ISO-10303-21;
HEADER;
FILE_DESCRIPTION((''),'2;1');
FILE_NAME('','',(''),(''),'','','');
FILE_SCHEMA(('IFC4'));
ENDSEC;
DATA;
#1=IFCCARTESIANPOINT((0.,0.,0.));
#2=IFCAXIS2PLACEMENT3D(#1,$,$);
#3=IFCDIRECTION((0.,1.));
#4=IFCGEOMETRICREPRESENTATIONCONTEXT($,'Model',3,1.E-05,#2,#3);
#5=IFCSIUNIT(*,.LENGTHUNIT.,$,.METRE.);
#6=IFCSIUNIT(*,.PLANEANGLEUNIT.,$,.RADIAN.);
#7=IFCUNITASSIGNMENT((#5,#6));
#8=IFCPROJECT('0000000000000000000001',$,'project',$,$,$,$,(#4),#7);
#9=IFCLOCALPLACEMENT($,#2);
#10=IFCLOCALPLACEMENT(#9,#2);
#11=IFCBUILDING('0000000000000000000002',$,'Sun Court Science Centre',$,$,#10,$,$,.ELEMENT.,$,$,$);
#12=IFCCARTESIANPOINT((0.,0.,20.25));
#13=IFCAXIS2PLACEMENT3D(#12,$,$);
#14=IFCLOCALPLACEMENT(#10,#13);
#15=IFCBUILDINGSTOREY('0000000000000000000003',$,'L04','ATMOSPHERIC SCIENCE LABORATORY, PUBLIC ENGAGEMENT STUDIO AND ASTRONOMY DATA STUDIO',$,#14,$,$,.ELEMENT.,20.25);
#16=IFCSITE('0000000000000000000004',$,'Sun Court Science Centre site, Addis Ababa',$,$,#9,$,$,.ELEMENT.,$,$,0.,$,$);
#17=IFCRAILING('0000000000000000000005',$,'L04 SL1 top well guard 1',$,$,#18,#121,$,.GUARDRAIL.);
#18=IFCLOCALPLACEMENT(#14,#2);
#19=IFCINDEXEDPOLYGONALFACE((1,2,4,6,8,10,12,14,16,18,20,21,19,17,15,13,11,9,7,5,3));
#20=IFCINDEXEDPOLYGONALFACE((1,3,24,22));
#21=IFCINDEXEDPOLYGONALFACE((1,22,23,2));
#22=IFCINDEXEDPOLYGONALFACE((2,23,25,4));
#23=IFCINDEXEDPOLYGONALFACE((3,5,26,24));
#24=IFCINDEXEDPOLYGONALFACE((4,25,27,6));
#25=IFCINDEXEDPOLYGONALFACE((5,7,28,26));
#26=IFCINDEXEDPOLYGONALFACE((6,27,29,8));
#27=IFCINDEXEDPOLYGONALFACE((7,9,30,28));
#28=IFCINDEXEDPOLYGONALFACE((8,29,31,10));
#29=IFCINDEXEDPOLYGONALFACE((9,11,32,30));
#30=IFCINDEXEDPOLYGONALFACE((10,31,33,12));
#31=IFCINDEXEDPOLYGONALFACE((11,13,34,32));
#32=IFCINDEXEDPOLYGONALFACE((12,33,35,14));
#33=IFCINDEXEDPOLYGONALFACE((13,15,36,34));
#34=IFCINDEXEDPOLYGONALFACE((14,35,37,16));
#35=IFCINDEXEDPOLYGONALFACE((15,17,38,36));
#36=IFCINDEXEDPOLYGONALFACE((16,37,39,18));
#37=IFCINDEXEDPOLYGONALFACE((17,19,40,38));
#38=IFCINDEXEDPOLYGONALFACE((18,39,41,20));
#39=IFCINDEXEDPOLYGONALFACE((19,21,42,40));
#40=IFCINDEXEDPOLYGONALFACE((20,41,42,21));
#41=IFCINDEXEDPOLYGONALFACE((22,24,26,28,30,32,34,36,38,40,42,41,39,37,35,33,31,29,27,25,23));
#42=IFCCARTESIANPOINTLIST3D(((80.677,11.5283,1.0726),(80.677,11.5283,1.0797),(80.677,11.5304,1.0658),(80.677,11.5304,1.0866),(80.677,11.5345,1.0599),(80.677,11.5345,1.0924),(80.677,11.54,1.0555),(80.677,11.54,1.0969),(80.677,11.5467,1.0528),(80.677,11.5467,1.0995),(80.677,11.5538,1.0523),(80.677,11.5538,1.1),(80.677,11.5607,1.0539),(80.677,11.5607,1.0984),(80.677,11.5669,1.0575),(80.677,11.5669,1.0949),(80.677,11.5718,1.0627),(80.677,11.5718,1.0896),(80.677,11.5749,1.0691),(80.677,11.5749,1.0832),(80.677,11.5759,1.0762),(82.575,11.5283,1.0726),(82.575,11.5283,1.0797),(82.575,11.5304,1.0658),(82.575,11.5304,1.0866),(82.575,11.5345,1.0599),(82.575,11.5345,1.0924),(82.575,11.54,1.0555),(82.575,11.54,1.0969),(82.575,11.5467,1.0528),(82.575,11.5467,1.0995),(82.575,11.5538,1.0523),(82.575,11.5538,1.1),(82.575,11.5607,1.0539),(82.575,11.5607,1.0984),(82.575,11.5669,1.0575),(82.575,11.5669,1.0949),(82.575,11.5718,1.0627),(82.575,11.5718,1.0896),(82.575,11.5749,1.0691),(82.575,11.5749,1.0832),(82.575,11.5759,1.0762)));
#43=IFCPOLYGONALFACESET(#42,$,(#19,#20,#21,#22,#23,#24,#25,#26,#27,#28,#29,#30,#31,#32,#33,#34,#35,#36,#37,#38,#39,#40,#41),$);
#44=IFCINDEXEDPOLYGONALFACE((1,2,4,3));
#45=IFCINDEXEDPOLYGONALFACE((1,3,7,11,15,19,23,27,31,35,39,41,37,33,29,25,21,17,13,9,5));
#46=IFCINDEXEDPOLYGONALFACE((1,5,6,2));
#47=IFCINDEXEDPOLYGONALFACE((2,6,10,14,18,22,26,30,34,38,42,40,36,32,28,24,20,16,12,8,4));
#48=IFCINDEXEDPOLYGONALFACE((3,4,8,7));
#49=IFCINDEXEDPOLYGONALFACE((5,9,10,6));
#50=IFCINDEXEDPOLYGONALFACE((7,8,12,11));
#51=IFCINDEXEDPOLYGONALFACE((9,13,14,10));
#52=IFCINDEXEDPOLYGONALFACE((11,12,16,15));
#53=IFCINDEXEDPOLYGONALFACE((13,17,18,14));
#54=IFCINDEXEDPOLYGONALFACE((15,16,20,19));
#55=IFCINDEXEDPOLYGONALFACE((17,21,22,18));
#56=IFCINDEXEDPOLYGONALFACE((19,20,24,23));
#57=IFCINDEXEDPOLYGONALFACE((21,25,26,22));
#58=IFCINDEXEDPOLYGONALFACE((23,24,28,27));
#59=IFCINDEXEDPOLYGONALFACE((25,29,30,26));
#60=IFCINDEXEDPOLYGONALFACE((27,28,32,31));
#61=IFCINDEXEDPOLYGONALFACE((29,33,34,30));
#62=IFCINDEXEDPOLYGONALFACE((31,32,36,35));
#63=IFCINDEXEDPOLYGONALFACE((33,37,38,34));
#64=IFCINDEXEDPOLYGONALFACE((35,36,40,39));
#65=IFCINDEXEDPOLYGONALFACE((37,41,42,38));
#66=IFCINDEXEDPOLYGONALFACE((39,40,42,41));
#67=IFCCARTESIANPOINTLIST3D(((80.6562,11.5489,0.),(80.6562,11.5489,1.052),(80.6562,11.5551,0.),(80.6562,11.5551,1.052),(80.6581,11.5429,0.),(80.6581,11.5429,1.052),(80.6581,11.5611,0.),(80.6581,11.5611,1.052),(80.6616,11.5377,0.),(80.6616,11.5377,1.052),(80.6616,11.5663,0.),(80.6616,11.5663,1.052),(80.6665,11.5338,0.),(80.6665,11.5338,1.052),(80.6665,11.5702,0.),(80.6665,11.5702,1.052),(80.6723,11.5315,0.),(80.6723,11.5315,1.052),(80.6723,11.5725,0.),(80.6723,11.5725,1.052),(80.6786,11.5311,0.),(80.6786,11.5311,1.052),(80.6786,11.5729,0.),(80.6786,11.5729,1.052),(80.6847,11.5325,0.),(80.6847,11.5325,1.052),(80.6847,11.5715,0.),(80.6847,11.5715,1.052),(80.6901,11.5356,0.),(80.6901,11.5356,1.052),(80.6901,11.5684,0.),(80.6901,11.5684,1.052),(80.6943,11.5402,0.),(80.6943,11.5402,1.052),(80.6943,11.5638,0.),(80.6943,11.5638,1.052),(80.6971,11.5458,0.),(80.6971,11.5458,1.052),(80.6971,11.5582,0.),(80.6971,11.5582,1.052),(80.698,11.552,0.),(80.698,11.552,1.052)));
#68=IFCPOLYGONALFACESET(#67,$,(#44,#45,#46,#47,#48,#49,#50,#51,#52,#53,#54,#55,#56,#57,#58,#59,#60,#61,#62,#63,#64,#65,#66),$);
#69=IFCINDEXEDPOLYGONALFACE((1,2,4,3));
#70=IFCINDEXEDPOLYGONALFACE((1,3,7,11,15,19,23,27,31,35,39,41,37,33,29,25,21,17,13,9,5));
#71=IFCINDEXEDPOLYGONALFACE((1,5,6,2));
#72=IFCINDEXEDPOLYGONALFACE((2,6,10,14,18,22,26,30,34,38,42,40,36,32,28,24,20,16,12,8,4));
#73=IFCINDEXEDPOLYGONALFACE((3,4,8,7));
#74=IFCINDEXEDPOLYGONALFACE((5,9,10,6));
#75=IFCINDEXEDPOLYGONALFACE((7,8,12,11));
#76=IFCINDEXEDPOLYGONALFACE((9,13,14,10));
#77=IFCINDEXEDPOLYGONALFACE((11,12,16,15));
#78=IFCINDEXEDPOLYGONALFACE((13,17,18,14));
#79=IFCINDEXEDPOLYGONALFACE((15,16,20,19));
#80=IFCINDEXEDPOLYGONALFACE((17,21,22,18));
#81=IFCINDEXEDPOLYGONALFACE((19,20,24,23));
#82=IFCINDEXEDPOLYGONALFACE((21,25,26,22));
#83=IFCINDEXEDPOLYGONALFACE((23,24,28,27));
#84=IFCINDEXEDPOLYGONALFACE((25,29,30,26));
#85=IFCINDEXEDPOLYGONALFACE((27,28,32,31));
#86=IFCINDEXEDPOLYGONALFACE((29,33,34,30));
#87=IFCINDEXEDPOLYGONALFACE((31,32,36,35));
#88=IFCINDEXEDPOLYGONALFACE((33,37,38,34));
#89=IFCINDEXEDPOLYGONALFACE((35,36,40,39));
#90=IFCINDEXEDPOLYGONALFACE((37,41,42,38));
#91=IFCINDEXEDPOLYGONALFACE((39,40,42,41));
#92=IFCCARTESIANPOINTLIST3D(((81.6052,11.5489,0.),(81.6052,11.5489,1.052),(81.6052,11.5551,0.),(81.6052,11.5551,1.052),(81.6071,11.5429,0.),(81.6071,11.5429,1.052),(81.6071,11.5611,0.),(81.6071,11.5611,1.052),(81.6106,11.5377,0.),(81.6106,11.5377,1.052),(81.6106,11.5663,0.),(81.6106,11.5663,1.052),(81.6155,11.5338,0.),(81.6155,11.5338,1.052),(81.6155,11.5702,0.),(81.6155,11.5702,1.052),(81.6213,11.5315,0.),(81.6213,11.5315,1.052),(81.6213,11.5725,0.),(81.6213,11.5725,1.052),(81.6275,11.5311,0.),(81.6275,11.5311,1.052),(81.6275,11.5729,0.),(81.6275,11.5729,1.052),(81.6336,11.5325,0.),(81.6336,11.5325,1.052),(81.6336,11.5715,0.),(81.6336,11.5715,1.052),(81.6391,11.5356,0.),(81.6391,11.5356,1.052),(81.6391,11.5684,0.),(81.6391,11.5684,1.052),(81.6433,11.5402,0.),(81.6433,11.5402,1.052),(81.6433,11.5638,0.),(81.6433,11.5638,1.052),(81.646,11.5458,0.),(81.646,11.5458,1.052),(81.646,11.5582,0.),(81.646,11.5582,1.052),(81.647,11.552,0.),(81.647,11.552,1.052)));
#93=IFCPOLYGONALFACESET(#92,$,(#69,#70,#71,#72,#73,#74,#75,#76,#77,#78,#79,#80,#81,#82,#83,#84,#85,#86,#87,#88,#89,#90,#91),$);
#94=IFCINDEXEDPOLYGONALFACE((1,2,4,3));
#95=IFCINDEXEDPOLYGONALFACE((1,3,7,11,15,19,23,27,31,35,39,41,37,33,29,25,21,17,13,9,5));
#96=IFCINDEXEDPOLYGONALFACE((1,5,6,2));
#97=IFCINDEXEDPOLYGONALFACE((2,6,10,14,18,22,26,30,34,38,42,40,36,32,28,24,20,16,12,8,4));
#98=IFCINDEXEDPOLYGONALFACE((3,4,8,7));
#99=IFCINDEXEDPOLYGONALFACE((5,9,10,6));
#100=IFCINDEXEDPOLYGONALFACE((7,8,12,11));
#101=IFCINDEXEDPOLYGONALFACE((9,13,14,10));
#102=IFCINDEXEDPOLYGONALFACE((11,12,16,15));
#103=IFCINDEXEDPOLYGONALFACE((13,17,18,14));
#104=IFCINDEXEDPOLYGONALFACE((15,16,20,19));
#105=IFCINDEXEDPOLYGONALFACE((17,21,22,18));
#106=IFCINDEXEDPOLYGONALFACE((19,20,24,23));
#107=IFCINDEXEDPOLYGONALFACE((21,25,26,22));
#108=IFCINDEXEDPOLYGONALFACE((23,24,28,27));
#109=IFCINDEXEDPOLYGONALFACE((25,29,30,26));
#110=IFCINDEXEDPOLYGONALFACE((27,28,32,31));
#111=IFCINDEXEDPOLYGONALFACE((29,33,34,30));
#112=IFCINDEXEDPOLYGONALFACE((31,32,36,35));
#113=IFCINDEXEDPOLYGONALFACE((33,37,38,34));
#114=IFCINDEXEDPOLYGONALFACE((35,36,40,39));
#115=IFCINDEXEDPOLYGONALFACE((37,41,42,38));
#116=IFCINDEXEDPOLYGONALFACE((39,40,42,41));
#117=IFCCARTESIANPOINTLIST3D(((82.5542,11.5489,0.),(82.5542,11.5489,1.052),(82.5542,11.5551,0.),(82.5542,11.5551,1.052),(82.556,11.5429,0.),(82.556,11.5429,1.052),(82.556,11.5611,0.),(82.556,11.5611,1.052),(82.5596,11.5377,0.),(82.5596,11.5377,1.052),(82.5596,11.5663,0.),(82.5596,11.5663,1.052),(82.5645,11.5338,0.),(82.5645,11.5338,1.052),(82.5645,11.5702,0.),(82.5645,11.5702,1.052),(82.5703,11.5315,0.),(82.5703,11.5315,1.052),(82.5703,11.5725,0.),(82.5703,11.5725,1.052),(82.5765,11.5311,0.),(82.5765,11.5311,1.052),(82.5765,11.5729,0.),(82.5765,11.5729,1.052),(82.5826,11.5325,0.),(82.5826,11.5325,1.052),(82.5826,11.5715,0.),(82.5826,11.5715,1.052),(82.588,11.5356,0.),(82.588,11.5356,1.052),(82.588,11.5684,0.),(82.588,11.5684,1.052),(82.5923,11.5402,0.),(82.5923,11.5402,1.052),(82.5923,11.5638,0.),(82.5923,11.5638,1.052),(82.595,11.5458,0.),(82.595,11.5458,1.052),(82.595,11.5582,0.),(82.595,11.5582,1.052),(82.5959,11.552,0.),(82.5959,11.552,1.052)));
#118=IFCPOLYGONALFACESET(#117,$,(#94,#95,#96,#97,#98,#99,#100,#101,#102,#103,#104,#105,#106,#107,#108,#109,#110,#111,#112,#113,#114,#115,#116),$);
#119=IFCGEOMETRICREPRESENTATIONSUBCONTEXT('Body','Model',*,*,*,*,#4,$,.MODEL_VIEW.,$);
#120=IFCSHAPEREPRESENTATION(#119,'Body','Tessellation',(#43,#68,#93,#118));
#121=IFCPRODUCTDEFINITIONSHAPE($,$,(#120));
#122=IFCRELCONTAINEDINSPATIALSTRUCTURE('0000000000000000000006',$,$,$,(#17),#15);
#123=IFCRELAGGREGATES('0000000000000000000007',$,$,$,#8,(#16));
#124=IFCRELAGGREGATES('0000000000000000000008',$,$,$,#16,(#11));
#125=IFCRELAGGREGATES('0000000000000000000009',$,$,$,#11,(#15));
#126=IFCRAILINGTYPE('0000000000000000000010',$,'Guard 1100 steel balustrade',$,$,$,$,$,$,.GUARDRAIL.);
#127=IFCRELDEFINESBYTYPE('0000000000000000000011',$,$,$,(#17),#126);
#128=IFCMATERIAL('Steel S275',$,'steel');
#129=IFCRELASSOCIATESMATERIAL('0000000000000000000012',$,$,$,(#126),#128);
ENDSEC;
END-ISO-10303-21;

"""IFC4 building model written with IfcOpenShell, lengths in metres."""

from ifc_helpers import new_model, si_unit, direction, frame, origin, origin_2d, place, context, subcontext, project, spatial, circle, extrude, material, type_object, element, save


model = new_model("IFC4")

# Units and contexts
model_context = context("Model", 3, precision=1e-05, world=origin(), true_north=direction((0.0, 1.0)))
body_context = subcontext(model_context, "Body", "Model", "MODEL_VIEW")
ifc_project = project(units=[si_unit("LENGTHUNIT", "METRE"), si_unit("PLANEANGLEUNIT", "RADIAN")], contexts=[model_context])

# Site, building, storey
site_placement = place(None, origin())
site = spatial("IfcSite", under=ifc_project, at=site_placement, Name="Sun Court Science Centre site, Addis Ababa", CompositionType="ELEMENT", RefElevation=0.0)
building_placement = place(site_placement, origin())
building = spatial("IfcBuilding", under=site, at=building_placement, Name="Sun Court Science Centre", CompositionType="ELEMENT")
storey_placement = place(building_placement, frame((0.0, 0.0, 20.25)))
storey = spatial("IfcBuildingStorey", under=building, at=storey_placement, Name="L04", Description="ATMOSPHERIC SCIENCE LABORATORY, PUBLIC ENGAGEMENT STUDIO AND ASTRONOMY DATA STUDIO", CompositionType="ELEMENT", Elevation=20.25)

# Railing
ifc_material_1 = material(Name="Steel S275", Category="steel")
railing_type = type_object("IfcRailingType", Name="Guard 1100 steel balustrade", PredefinedType="GUARDRAIL", material=ifc_material_1)
railing_1_placement = place(storey_placement, frame((80.677, 11.552, 0.0)))
element("IfcRailing", 1, at=railing_1_placement, inside=storey, type_object=railing_type, Name="L04 SL1 top well guard 1", PredefinedType="GUARDRAIL", context=body_context, shape_type="SweptSolid", body=[
    extrude(circle(Radius=0.0239, at=origin_2d()), frame((0.0, 0.0, 1.0762), z_axis=(1.0, 0.0, 0.0), x_axis=(0.0, 1.0, 0.0)), (0.0, 0.0, 1.0), 1.8979),
    extrude(circle(Radius=0.021, at=origin_2d()), origin(), (0.0, 0.0, 1.0), 1.052),
    extrude(circle(Radius=0.021, at=origin_2d()), frame((0.949, 0.0, 0.0)), (0.0, 0.0, 1.0), 1.052),
    extrude(circle(Radius=0.021, at=origin_2d()), frame((1.8979, 0.0, 0.0)), (0.0, 0.0, 1.0), 1.052),
])

save(model, "model.ifc")
